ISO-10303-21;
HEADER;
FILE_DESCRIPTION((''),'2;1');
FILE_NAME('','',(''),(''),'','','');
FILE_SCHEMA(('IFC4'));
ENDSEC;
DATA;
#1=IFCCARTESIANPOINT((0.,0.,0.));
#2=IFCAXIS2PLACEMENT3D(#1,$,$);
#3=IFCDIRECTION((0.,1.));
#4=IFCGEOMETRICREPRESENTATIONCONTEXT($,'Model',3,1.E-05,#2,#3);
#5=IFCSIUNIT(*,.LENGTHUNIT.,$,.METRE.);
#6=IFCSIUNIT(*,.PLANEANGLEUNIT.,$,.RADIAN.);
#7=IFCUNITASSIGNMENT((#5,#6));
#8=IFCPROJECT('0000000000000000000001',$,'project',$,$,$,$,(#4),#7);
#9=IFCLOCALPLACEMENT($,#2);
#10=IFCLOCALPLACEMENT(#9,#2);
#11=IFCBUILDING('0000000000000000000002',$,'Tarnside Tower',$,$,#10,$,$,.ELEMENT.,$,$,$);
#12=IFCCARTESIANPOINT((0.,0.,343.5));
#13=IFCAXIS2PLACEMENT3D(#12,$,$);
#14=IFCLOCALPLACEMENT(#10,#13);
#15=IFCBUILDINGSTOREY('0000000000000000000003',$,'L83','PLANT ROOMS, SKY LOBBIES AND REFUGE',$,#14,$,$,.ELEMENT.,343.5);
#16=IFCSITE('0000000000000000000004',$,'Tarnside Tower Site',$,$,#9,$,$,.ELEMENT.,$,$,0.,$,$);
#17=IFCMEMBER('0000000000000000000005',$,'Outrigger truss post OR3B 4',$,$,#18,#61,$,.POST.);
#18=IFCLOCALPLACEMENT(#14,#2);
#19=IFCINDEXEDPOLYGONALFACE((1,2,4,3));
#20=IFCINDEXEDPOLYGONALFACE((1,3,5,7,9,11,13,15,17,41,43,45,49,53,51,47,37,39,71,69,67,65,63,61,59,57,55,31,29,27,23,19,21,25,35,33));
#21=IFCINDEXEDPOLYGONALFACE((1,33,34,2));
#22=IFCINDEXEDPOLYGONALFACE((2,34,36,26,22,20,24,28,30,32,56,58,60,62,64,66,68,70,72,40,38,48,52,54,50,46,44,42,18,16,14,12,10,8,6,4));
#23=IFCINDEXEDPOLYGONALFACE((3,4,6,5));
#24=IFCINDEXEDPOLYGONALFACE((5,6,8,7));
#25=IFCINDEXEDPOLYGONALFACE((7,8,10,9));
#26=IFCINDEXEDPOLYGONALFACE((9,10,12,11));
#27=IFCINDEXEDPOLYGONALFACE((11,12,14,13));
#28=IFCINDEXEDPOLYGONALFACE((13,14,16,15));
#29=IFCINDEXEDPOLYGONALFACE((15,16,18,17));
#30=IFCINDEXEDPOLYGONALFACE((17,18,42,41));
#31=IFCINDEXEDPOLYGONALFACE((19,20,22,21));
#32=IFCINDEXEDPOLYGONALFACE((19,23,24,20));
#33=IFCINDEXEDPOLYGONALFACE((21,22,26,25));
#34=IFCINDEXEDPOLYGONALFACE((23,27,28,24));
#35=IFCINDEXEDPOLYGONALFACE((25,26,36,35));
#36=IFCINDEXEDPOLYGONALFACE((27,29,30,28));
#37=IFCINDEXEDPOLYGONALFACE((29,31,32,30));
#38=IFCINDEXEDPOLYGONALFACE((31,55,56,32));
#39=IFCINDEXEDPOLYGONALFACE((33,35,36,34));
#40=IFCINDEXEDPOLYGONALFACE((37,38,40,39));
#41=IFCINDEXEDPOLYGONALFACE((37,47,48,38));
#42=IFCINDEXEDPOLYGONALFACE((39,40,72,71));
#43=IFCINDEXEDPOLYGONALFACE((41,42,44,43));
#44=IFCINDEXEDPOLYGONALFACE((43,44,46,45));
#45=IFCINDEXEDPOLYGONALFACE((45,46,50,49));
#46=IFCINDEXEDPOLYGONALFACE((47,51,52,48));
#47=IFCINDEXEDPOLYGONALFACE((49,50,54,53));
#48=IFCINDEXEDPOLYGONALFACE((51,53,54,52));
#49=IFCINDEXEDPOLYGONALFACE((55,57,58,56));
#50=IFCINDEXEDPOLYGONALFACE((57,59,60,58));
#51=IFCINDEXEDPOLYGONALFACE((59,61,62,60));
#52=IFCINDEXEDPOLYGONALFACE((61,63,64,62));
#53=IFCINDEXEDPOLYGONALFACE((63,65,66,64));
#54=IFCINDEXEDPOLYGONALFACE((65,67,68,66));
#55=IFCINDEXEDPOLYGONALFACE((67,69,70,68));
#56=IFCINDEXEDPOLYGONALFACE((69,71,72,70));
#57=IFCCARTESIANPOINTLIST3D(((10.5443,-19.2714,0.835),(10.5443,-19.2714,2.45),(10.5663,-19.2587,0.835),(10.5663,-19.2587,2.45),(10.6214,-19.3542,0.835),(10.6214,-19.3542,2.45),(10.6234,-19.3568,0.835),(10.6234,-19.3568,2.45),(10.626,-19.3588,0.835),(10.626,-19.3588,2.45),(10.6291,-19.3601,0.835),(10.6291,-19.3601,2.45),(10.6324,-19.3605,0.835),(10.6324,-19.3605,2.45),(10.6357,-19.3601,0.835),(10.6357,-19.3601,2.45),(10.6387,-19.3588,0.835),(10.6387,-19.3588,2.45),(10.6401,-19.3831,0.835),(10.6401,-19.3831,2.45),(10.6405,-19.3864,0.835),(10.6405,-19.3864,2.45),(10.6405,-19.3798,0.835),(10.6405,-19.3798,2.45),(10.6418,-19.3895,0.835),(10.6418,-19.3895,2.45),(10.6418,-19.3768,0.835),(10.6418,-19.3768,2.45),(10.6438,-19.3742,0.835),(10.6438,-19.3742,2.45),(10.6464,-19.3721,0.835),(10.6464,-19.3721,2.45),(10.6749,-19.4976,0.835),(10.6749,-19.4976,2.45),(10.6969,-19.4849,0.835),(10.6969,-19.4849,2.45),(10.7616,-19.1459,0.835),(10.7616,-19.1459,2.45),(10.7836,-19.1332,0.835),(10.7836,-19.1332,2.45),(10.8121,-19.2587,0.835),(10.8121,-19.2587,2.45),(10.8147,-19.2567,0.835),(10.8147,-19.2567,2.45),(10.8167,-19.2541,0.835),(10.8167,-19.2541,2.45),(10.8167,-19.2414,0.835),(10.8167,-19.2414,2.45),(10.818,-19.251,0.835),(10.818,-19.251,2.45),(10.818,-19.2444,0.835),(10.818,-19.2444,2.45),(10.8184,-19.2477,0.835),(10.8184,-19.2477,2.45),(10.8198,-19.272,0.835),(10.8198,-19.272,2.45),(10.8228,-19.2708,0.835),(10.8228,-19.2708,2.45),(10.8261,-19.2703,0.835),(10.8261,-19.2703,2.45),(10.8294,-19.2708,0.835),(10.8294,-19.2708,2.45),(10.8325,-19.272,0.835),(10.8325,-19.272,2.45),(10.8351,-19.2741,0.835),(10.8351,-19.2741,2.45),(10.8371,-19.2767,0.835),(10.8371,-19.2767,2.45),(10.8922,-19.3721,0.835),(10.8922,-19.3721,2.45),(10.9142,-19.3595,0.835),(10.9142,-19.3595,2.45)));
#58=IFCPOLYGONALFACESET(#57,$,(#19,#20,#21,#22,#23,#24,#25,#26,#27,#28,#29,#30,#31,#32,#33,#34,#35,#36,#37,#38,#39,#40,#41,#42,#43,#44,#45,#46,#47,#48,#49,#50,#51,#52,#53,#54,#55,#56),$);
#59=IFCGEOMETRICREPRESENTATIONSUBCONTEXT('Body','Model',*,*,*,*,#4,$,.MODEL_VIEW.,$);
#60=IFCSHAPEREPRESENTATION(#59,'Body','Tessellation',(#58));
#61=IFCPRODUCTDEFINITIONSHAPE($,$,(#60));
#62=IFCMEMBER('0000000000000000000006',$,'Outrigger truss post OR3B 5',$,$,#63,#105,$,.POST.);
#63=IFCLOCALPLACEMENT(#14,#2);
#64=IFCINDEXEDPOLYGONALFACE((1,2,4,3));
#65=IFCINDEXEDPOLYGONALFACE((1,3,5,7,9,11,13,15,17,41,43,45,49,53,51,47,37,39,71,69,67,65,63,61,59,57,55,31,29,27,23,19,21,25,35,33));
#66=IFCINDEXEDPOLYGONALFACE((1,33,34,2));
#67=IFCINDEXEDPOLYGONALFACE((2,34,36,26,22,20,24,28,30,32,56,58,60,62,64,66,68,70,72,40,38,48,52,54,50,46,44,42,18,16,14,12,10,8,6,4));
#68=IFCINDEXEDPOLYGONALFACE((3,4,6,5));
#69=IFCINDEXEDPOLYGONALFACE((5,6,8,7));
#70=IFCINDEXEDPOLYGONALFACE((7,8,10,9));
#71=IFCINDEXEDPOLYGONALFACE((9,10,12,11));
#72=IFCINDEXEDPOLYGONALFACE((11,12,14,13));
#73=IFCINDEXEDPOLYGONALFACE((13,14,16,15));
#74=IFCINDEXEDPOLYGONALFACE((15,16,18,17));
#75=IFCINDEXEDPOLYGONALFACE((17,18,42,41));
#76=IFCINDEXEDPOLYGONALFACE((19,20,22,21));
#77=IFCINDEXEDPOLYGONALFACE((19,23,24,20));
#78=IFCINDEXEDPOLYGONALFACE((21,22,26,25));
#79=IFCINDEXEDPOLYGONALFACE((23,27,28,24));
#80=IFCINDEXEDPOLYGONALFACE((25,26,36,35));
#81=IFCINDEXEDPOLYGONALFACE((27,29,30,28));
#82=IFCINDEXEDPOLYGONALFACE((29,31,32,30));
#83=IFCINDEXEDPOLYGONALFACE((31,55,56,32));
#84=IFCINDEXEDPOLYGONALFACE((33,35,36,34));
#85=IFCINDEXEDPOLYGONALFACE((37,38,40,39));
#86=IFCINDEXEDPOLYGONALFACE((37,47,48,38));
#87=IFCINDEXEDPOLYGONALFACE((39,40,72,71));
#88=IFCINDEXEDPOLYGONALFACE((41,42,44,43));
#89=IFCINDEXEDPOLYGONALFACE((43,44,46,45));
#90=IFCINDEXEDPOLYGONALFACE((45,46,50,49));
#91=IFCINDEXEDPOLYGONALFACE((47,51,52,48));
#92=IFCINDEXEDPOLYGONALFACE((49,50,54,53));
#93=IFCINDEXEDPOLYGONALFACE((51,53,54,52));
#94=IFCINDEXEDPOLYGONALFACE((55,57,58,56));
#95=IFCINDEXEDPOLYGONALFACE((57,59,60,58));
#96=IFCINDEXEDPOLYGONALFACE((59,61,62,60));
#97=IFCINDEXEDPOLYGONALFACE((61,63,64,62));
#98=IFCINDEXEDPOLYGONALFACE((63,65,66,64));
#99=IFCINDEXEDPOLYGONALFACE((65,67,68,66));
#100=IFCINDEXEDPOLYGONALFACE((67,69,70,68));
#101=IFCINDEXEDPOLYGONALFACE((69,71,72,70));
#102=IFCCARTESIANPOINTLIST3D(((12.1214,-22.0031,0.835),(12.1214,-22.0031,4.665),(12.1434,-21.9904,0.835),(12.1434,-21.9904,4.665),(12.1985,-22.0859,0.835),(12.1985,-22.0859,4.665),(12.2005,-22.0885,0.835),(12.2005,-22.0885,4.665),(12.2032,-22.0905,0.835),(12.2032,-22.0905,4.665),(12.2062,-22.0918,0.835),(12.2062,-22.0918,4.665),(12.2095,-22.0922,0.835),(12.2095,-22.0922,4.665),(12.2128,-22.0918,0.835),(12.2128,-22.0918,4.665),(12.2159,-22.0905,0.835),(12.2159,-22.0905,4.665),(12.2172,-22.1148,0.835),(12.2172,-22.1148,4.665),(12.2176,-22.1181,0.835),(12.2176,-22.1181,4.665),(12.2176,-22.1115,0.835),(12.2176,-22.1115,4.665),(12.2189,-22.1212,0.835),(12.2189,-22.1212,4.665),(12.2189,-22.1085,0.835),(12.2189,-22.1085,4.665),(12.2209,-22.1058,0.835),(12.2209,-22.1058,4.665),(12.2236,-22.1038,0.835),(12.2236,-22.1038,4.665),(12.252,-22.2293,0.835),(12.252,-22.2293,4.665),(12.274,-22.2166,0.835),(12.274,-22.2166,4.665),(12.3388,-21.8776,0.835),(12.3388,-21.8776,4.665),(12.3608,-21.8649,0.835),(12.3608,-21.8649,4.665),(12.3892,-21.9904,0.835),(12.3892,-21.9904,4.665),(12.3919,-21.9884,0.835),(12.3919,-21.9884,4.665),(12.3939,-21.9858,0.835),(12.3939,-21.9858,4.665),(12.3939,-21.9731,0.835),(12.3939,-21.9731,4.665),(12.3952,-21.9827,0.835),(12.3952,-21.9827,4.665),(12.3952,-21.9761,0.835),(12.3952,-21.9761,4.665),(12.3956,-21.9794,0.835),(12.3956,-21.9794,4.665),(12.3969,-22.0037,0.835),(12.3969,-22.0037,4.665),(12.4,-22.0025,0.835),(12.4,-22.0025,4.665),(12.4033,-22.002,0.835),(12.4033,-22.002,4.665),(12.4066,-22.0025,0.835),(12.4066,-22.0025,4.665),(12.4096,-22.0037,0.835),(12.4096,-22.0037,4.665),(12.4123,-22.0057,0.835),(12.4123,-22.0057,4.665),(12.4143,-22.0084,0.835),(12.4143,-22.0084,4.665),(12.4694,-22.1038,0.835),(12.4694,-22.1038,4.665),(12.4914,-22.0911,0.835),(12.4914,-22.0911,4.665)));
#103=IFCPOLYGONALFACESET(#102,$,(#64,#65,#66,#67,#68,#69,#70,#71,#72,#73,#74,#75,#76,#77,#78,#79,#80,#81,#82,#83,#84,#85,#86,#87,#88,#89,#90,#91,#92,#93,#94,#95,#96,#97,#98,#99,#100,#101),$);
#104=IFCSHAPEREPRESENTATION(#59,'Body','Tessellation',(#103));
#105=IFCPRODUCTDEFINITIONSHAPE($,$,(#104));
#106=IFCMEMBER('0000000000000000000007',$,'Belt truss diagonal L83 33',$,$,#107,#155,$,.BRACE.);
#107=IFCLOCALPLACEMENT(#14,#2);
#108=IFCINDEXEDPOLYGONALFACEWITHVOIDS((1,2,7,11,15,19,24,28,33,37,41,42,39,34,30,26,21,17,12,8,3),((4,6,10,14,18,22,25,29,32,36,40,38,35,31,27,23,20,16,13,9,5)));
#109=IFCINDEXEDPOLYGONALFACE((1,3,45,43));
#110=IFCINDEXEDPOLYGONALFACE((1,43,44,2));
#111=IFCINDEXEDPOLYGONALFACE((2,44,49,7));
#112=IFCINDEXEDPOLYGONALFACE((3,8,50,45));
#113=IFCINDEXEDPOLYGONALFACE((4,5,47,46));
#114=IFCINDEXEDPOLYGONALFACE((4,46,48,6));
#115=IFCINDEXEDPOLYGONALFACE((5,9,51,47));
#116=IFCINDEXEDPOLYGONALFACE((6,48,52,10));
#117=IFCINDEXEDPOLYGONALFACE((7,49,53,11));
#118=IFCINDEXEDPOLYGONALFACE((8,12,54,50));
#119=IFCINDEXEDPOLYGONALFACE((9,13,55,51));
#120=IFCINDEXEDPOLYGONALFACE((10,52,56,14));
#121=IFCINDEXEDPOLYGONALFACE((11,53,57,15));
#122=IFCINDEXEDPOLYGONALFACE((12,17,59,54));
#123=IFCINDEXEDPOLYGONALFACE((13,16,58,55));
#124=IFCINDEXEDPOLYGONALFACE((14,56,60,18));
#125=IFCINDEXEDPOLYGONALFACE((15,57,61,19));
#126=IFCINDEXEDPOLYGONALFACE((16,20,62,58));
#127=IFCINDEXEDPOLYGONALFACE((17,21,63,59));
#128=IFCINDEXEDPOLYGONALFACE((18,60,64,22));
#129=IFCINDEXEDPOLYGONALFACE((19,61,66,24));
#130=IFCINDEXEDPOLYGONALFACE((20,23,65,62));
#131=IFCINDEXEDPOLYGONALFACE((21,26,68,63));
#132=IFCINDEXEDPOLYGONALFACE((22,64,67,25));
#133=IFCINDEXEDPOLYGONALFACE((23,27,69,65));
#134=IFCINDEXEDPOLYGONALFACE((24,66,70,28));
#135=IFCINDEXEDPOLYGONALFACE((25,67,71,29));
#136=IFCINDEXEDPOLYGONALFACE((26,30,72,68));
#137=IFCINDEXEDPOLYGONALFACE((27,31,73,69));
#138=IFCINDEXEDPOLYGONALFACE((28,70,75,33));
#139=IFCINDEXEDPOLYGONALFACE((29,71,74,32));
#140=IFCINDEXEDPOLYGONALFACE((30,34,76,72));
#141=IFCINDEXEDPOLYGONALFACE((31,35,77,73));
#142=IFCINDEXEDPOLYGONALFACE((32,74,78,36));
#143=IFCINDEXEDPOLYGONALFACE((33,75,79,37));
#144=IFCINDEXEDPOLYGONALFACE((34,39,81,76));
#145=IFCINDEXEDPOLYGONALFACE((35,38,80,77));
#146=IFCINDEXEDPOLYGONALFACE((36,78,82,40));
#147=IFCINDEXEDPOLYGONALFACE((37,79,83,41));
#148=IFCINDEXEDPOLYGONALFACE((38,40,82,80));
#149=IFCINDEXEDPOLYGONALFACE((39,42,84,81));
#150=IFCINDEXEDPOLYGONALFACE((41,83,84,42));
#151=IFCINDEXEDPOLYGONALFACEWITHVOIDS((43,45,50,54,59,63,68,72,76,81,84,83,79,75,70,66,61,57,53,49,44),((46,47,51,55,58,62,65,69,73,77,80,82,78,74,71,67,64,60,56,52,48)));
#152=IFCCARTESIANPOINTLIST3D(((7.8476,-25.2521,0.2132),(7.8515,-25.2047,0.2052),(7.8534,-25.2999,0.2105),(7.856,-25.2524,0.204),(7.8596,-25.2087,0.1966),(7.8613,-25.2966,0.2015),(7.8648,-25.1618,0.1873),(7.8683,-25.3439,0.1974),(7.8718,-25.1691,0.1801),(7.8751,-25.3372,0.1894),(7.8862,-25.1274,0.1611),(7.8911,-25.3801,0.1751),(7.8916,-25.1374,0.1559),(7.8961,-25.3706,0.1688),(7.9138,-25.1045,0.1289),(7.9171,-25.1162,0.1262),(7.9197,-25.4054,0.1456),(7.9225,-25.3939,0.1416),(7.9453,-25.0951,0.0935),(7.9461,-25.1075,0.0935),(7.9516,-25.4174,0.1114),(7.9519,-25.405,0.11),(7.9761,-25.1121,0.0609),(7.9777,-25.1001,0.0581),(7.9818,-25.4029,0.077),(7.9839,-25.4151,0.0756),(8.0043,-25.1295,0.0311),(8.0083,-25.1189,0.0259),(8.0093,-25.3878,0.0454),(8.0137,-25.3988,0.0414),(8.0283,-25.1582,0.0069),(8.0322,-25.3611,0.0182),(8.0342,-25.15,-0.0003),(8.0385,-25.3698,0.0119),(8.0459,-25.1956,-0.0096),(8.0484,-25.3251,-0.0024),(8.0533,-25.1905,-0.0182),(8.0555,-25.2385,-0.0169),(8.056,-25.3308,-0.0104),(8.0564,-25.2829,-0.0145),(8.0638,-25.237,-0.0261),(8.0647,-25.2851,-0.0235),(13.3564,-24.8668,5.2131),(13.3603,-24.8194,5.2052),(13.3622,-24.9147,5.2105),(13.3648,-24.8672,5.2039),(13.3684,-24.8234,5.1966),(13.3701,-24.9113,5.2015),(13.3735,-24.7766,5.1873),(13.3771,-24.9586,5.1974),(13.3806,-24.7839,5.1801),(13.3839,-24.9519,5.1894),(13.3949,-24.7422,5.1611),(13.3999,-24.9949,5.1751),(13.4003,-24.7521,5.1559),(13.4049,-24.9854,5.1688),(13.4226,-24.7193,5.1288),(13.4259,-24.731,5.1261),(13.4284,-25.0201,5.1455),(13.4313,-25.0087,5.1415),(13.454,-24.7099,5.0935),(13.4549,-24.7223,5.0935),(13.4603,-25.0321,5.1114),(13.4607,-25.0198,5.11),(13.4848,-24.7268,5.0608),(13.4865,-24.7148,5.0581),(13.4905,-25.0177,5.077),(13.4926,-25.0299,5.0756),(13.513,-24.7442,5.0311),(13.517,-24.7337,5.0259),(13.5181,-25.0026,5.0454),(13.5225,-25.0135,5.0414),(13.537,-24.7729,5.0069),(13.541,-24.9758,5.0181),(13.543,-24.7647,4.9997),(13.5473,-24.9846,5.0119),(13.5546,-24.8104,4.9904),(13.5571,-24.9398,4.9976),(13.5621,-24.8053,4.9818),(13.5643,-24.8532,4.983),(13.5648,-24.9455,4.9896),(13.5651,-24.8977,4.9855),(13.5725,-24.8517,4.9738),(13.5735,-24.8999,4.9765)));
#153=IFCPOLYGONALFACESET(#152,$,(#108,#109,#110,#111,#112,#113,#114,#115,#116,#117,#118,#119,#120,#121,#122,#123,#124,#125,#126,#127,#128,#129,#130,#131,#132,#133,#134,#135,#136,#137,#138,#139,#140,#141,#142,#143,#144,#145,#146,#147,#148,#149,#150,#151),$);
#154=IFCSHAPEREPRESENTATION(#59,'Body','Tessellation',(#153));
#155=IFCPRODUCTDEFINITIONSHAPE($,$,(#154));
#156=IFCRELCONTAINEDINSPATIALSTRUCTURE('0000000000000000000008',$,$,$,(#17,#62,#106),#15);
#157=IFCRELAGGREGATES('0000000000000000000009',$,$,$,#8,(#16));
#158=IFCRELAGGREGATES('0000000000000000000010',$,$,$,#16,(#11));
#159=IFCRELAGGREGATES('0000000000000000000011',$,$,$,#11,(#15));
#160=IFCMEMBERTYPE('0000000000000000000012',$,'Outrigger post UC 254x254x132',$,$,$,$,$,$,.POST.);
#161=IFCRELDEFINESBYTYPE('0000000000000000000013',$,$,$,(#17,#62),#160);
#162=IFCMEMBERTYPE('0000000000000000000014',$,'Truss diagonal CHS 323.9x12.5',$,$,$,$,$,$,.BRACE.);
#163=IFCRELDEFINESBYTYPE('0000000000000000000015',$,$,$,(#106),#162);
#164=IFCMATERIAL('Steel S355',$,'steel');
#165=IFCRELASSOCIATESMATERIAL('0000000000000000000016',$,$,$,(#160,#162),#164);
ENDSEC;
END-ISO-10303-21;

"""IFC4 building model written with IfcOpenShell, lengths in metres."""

from ifc_helpers import new_model, si_unit, direction, frame, origin, origin_2d, place, context, subcontext, project, spatial, hollow_circle, i_section, extrude, material, material_profile, profile_set, type_object, element, save


model = new_model("IFC4")

# Units and contexts
model_context = context("Model", 3, precision=1e-05, world=origin(), true_north=direction((0.0, 1.0)))
body_context = subcontext(model_context, "Body", "Model", "MODEL_VIEW")
ifc_project = project(units=[si_unit("LENGTHUNIT", "METRE"), si_unit("PLANEANGLEUNIT", "RADIAN")], contexts=[model_context])

# Site, building, storey
site_placement = place(None, origin())
site = spatial("IfcSite", under=ifc_project, at=site_placement, Name="Tarnside Tower Site", CompositionType="ELEMENT", RefElevation=0.0)
building_placement = place(site_placement, origin())
building = spatial("IfcBuilding", under=site, at=building_placement, Name="Tarnside Tower", CompositionType="ELEMENT")
storey_placement = place(building_placement, frame((0.0, 0.0, 343.5)))
storey = spatial("IfcBuildingStorey", under=building, at=storey_placement, Name="L83", Description="PLANT ROOMS, SKY LOBBIES AND REFUGE", CompositionType="ELEMENT", Elevation=343.5)

# Shared definitions
ifc_material_1 = material(Name="Steel S355", Category="steel")

# Members
ifc_material_profile_1 = material_profile(ifc_material_1, i_section(OverallWidth=0.2612, OverallDepth=0.2764, WebThickness=0.0154, FlangeThickness=0.0254, FilletRadius=0.0127, at=origin_2d()), Name="UC 254x254x132")
ifc_profile_set_1 = profile_set([ifc_material_profile_1], Name="Steel S355")
member_type_1 = type_object("IfcMemberType", Name="Outrigger post UC 254x254x132", PredefinedType="POST", material=ifc_profile_set_1)
member_1_placement = place(storey_placement, frame((10.7292, -19.3154, 0.835), z_axis=(0.0, 0.0, 1.0), x_axis=(0.5, -0.866025, 0.0)))
element("IfcMember", 1, at=member_1_placement, inside=storey, type_object=member_type_1, Name="Outrigger truss post OR3B 4", PredefinedType="POST", context=body_context, shape_type="SweptSolid", body=[
    extrude(i_section(OverallWidth=0.2612, OverallDepth=0.2764, WebThickness=0.0154, FlangeThickness=0.0254, FilletRadius=0.0127, at=origin_2d()), origin(), (0.0, 0.0, 1.0), 1.615),
])
member_2_placement = place(storey_placement, frame((12.3064, -22.0471, 0.835), z_axis=(0.0, 0.0, 1.0), x_axis=(0.5, -0.866025, 0.0)))
element("IfcMember", 2, at=member_2_placement, inside=storey, type_object=member_type_1, Name="Outrigger truss post OR3B 5", PredefinedType="POST", context=body_context, shape_type="SweptSolid", body=[
    extrude(i_section(OverallWidth=0.2612, OverallDepth=0.2764, WebThickness=0.0154, FlangeThickness=0.0254, FilletRadius=0.0127, at=origin_2d()), origin(), (0.0, 0.0, 1.0), 3.8301),
])
ifc_material_profile_2 = material_profile(ifc_material_1, hollow_circle(Radius=0.1619, WallThickness=0.0125, at=origin_2d()), Name="CHS 323.9x12.5")
ifc_profile_set_2 = profile_set([ifc_material_profile_2], Name="Steel S355")
member_type_2 = type_object("IfcMemberType", Name="Truss diagonal CHS 323.9x12.5", PredefinedType="BRACE", material=ifc_profile_set_2)
member_3_placement = place(storey_placement, frame((7.9565, -25.2566, 0.0935), z_axis=(0.739484, 0.051715, 0.671185), x_axis=(-0.069764, 0.997564, 0.0)))
element("IfcMember", 3, at=member_3_placement, inside=storey, type_object=member_type_2, Name="Belt truss diagonal L83 33", PredefinedType="BRACE", context=body_context, shape_type="SweptSolid", body=[
    extrude(hollow_circle(Radius=0.1619, WallThickness=0.0125, at=origin_2d()), origin(), (0.0, 0.0, 1.0), 7.4495),
])

save(model, "model.ifc")
